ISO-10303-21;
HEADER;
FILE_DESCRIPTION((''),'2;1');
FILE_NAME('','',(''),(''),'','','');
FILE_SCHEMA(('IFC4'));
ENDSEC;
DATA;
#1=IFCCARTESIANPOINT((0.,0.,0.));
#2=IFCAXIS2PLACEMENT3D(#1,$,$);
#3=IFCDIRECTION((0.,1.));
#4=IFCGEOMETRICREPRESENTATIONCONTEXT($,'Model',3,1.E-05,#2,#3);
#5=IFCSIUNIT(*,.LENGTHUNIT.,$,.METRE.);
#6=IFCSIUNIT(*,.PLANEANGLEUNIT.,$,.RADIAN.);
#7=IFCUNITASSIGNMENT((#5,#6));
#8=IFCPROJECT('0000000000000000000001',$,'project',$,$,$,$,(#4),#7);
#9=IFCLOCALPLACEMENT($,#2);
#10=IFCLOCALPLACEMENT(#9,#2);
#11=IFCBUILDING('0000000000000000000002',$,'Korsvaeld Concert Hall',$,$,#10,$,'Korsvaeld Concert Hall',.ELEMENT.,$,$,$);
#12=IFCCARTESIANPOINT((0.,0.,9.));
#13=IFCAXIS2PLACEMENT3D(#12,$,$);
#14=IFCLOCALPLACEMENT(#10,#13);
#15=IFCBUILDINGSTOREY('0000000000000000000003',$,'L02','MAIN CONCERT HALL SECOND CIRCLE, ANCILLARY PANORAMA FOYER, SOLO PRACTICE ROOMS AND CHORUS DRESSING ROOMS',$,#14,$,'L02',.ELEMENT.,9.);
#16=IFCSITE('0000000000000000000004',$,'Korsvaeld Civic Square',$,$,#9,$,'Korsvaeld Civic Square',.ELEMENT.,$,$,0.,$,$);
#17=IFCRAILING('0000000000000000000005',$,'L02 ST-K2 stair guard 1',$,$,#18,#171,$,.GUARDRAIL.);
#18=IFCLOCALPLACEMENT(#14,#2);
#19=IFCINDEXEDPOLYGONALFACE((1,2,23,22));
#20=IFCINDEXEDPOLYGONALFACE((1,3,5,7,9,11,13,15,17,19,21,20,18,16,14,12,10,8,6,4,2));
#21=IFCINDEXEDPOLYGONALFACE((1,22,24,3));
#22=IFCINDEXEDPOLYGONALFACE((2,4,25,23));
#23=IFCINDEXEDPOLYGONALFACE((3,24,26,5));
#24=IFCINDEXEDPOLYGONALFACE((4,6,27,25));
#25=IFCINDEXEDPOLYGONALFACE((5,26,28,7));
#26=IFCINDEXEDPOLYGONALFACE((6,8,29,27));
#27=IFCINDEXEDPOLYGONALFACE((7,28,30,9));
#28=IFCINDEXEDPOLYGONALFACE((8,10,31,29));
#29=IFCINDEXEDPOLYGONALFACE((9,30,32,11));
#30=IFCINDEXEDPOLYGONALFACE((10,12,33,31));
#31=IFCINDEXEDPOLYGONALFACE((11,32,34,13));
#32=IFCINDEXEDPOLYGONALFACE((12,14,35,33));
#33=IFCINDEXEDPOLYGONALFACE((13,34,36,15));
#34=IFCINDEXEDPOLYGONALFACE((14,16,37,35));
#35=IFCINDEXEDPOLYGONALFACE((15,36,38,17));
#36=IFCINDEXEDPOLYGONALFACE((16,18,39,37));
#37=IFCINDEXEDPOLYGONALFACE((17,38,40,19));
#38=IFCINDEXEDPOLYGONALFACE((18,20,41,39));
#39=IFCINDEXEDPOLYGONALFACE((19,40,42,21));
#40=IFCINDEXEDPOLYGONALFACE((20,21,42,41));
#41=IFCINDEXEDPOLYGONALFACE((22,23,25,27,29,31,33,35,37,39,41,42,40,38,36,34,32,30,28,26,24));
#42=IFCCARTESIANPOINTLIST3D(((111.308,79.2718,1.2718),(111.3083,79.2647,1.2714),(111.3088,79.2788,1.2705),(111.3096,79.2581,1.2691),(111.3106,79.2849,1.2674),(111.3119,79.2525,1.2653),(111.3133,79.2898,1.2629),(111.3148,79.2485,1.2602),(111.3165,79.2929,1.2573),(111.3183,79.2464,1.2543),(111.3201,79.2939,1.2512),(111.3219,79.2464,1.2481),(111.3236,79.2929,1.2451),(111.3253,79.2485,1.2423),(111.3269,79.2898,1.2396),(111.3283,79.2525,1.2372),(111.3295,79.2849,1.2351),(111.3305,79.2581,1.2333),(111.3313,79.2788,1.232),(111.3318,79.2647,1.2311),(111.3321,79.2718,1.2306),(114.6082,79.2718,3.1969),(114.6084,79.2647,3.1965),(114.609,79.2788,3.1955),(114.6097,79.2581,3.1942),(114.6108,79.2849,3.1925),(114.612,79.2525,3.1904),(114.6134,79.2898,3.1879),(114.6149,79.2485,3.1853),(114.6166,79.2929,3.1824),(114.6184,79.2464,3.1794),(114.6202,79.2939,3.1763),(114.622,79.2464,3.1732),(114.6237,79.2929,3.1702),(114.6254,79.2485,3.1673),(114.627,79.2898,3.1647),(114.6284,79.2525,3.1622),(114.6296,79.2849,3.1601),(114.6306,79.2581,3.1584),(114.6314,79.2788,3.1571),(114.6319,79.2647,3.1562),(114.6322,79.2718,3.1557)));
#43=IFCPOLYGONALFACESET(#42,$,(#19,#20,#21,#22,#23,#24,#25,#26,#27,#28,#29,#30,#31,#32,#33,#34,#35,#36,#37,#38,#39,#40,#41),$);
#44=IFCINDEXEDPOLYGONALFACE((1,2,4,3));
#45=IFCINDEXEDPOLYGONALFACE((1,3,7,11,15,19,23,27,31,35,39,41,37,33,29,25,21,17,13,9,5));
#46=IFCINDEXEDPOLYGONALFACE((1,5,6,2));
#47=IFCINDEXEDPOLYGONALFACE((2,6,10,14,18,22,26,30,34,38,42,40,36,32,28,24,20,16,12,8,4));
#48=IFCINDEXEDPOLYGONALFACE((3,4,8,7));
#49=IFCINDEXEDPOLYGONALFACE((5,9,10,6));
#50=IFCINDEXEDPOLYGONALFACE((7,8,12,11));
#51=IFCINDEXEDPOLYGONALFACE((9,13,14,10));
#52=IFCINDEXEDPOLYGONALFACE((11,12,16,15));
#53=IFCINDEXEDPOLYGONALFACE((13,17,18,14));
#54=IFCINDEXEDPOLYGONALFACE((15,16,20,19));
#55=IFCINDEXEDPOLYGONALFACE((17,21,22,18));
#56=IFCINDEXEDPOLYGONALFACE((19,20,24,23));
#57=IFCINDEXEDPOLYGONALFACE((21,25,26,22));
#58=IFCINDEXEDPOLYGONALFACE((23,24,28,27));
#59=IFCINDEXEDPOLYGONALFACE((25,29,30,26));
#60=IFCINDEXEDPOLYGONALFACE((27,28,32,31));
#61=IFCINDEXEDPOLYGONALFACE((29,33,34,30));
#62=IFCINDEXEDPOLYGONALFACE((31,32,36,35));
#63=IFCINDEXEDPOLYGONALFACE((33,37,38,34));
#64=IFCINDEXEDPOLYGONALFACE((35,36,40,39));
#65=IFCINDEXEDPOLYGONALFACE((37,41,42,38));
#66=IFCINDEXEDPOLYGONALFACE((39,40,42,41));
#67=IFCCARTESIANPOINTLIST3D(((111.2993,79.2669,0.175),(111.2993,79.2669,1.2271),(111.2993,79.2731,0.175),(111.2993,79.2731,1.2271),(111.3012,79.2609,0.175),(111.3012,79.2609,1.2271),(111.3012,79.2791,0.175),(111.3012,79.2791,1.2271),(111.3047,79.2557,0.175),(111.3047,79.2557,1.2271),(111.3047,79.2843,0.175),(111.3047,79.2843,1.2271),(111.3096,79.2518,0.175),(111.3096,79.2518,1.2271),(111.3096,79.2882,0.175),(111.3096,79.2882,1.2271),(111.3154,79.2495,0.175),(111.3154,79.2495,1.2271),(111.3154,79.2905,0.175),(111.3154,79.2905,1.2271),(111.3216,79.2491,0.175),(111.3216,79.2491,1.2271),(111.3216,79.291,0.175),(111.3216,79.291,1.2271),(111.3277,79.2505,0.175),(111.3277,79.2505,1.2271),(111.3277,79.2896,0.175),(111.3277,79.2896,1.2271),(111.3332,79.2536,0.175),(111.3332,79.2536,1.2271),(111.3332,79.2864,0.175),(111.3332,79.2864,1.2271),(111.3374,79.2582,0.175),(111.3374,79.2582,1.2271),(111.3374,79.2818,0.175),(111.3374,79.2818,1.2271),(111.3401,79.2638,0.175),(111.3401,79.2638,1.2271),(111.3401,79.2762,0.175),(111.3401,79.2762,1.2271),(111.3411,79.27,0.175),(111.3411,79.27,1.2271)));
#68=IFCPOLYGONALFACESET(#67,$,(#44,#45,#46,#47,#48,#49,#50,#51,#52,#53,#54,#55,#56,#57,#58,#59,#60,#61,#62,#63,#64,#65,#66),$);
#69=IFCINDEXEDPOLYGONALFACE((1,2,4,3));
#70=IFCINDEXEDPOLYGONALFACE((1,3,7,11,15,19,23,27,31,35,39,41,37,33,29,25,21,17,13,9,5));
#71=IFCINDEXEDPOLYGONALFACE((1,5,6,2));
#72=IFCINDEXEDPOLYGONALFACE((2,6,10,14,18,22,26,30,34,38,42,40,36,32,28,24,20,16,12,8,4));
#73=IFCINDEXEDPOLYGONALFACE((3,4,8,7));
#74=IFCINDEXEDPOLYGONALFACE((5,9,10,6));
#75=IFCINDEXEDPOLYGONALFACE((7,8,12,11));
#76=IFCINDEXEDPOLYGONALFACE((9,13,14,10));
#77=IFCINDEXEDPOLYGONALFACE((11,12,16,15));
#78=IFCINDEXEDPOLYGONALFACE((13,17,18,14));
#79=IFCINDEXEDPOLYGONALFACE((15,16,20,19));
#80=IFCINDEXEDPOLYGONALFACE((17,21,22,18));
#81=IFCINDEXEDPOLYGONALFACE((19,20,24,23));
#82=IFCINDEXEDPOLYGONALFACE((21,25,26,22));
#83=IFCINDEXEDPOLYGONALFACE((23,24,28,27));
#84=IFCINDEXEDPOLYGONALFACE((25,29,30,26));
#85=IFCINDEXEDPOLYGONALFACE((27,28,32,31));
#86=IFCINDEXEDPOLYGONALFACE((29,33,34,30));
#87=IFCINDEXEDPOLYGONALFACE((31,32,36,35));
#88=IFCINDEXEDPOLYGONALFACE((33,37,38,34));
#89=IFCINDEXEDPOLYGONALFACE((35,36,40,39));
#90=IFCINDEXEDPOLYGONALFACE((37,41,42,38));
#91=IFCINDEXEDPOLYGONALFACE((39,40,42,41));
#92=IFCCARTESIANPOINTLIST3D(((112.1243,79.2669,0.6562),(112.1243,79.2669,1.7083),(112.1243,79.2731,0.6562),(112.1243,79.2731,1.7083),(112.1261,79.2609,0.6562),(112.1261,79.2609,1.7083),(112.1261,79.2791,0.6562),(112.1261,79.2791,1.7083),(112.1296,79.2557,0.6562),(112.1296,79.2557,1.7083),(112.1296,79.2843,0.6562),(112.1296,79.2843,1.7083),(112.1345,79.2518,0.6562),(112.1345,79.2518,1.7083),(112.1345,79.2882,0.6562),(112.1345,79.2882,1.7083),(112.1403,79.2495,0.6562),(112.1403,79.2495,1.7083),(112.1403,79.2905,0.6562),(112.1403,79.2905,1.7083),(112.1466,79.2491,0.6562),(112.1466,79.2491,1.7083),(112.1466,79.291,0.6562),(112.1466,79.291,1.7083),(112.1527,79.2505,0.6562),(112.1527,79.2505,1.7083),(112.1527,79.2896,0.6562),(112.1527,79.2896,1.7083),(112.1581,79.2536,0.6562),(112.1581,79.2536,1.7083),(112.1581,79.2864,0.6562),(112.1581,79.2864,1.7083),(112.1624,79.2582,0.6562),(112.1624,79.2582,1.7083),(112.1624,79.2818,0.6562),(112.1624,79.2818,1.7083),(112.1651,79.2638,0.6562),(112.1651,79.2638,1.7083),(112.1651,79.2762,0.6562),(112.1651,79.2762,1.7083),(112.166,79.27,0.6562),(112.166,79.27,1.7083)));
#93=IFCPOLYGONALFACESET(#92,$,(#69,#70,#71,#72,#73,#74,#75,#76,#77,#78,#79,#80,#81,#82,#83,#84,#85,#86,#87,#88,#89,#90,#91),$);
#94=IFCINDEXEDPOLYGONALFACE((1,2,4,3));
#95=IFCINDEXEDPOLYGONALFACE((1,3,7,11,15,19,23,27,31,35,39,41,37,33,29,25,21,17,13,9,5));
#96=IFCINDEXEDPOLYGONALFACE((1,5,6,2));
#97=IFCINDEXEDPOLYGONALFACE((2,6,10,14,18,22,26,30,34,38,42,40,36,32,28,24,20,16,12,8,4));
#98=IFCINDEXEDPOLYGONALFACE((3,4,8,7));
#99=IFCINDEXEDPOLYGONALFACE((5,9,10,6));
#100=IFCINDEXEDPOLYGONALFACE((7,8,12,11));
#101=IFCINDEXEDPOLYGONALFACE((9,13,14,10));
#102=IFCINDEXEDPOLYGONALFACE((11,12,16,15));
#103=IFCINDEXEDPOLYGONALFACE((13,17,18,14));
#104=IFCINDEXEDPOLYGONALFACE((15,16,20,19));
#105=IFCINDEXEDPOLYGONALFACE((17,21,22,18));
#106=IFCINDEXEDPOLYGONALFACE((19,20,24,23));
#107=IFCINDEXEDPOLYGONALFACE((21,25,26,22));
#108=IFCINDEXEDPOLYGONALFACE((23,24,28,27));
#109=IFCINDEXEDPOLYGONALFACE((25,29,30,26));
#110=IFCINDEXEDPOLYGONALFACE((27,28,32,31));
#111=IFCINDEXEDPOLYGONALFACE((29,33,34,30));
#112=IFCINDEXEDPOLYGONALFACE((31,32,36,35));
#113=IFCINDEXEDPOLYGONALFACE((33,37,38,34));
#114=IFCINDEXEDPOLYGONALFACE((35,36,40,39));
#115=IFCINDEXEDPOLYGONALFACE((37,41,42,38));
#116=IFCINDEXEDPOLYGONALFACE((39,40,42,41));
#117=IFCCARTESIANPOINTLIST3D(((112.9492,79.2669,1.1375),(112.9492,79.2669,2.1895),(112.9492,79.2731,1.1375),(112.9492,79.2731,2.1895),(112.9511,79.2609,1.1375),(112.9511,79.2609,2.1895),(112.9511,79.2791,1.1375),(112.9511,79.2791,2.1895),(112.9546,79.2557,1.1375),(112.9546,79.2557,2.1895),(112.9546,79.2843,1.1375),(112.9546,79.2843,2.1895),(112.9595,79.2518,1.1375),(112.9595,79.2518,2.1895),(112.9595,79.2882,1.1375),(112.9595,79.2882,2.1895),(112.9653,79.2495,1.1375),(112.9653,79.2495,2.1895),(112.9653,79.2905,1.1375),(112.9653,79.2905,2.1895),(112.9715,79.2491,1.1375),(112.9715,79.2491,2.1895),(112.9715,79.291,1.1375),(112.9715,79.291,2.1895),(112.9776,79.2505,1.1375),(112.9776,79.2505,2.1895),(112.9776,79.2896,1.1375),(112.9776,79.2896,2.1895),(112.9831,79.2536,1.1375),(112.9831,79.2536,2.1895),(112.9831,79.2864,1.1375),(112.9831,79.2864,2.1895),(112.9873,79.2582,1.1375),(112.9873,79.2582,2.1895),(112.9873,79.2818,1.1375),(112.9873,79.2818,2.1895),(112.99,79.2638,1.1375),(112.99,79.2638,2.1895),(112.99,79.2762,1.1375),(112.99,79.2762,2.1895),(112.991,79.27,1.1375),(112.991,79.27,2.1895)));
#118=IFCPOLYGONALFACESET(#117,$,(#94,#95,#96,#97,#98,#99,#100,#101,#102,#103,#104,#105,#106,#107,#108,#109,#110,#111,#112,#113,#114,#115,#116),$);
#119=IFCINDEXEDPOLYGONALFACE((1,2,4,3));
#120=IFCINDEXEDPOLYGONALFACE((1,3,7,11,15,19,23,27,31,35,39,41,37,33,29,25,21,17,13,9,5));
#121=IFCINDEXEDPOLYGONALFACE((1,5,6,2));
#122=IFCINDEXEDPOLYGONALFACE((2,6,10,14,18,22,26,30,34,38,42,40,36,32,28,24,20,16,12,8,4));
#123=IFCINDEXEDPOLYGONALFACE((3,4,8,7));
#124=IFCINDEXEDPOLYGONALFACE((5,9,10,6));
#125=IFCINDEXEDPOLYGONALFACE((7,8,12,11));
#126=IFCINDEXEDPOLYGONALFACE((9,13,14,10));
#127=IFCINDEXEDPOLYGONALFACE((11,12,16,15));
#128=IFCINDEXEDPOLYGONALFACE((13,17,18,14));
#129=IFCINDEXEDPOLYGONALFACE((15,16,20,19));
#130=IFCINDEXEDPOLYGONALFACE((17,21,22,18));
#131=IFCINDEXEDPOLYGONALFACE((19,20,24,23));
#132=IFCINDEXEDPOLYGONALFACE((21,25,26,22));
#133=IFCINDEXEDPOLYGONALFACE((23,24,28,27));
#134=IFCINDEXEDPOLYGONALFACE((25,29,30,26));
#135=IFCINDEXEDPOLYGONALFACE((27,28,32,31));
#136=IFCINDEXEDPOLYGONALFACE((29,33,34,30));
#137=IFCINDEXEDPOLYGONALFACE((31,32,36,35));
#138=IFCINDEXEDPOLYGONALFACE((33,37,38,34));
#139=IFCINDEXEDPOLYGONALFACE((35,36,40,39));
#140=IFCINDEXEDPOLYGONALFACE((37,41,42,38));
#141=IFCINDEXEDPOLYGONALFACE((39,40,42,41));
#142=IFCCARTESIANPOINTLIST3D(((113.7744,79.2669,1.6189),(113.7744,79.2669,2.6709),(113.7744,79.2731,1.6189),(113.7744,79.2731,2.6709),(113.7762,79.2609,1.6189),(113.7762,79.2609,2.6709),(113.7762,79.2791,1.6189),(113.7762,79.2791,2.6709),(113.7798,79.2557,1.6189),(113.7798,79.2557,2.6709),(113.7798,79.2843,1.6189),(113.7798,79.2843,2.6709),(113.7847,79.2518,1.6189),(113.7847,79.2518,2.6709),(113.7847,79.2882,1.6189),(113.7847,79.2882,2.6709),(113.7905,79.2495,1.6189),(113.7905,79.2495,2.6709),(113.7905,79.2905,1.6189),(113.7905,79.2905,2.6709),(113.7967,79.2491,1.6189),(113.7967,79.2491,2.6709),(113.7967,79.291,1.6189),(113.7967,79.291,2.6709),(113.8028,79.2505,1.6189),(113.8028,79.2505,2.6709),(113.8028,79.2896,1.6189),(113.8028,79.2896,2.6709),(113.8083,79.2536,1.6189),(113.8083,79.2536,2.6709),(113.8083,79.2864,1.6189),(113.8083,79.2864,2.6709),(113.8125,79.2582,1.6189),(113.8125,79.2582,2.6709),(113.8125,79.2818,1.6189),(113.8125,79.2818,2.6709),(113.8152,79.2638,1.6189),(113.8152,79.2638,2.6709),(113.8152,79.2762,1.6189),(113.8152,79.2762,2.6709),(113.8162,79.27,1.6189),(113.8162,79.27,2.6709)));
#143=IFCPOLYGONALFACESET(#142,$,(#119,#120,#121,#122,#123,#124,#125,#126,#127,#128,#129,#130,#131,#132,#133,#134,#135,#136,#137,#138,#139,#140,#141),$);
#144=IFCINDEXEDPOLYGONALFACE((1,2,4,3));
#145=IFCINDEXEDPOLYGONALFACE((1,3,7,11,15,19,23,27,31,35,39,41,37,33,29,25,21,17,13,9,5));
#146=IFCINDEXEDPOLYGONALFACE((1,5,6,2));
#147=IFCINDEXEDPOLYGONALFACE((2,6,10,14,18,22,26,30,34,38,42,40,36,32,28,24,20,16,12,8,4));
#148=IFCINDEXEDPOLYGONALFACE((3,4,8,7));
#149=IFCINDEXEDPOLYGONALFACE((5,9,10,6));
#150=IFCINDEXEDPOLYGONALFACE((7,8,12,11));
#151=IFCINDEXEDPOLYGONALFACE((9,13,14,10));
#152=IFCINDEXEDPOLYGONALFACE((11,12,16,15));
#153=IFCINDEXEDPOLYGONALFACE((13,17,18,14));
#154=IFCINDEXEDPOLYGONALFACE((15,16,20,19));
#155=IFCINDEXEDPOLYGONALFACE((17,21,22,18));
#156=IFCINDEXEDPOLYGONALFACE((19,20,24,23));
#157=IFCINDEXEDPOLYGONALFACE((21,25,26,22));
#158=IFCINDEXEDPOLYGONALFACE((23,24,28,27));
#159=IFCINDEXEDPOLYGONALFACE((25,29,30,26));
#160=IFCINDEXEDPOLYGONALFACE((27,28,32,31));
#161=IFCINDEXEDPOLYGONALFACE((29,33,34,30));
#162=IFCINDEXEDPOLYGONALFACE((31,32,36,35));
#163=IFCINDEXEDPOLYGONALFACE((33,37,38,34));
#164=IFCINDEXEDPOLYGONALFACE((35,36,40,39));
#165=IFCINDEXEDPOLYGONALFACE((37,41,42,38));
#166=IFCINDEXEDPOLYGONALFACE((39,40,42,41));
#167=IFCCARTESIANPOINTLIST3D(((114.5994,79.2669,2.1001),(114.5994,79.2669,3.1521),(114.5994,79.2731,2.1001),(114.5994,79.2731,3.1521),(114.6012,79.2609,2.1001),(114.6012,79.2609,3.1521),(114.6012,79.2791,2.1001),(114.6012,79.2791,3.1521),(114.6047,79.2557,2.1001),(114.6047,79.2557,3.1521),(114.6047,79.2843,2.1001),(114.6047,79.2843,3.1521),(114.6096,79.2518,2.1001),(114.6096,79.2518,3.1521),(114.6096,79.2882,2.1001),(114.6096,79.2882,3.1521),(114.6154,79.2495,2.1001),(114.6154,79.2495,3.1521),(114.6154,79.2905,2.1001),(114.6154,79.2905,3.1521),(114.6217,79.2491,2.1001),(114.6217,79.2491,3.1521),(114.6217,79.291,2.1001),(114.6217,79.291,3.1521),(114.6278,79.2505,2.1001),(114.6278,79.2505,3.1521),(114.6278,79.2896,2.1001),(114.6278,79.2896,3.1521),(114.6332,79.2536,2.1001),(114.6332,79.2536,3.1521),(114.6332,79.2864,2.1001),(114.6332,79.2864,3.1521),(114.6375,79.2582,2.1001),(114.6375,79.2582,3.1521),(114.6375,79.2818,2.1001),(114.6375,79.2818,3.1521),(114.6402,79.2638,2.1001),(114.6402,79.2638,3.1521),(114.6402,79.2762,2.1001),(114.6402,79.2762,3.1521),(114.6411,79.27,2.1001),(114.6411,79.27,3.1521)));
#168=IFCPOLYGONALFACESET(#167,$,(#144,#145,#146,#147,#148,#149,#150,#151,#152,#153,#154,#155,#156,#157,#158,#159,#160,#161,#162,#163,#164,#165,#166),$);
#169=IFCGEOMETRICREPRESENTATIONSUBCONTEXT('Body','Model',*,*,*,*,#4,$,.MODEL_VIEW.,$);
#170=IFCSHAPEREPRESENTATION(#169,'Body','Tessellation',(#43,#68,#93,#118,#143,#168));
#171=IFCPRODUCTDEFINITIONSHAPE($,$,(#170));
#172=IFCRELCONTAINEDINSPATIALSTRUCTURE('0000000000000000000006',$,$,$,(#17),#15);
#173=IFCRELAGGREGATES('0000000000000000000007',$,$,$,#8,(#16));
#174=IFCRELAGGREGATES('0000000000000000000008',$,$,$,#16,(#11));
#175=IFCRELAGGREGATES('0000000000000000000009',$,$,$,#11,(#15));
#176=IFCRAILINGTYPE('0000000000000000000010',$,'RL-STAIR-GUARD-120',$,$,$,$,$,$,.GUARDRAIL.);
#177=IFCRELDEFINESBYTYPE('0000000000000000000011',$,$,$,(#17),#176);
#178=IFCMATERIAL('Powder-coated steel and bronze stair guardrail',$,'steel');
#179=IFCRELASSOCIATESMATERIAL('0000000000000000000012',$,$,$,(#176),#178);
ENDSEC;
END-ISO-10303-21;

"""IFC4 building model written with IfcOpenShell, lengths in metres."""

from ifc_helpers import new_model, si_unit, direction, frame, origin, origin_2d, place, context, subcontext, project, spatial, circle, extrude, material, type_object, element, save


model = new_model("IFC4")

# Units and contexts
model_context = context("Model", 3, precision=1e-05, world=origin(), true_north=direction((0.0, 1.0)))
body_context = subcontext(model_context, "Body", "Model", "MODEL_VIEW")
ifc_project = project(units=[si_unit("LENGTHUNIT", "METRE"), si_unit("PLANEANGLEUNIT", "RADIAN")], contexts=[model_context])

# Site, building, storey
site_placement = place(None, origin())
site = spatial("IfcSite", under=ifc_project, at=site_placement, Name="Korsvaeld Civic Square", LongName="Korsvaeld Civic Square", CompositionType="ELEMENT", RefElevation=0.0)
building_placement = place(site_placement, origin())
building = spatial("IfcBuilding", under=site, at=building_placement, Name="Korsvaeld Concert Hall", LongName="Korsvaeld Concert Hall", CompositionType="ELEMENT")
storey_placement = place(building_placement, frame((0.0, 0.0, 9.0)))
storey = spatial("IfcBuildingStorey", under=building, at=storey_placement, Name="L02", Description="MAIN CONCERT HALL SECOND CIRCLE, ANCILLARY PANORAMA FOYER, SOLO PRACTICE ROOMS AND CHORUS DRESSING ROOMS", LongName="L02", CompositionType="ELEMENT", Elevation=9.0)

# Railing
ifc_material_1 = material(Name="Powder-coated steel and bronze stair guardrail", Category="steel")
railing_type_1 = type_object("IfcRailingType", Name="RL-STAIR-GUARD-120", PredefinedType="GUARDRAIL", material=ifc_material_1)
railing_1_placement = place(storey_placement, frame((111.3201, 79.27, 0.175)))
element("IfcRailing", 1, at=railing_1_placement, inside=storey, type_object=railing_type_1, Name="L02 ST-K2 stair guard 1", PredefinedType="GUARDRAIL", context=body_context, shape_type="SweptSolid", body=[
    extrude(circle(Radius=0.0239, at=origin_2d()), frame((0.0, 0.0, 1.0762), z_axis=(0.863777, 0.0, 0.503875), x_axis=(0.0, 1.0, 0.0)), (0.0, 0.0, 1.0), 3.8206),
    extrude(circle(Radius=0.021, at=origin_2d()), origin(), (0.0, 0.0, 1.0), 1.052),
    extrude(circle(Radius=0.021, at=origin_2d()), frame((0.825, 0.0, 0.4812)), (0.0, 0.0, 1.0), 1.052),
    extrude(circle(Radius=0.021, at=origin_2d()), frame((1.6499, 0.0, 0.9624)), (0.0, 0.0, 1.0), 1.052),
    extrude(circle(Radius=0.021, at=origin_2d()), frame((2.4751, 0.0, 1.4438)), (0.0, 0.0, 1.0), 1.052),
    extrude(circle(Radius=0.021, at=origin_2d()), frame((3.3, 0.0, 1.925)), (0.0, 0.0, 1.0), 1.052),
])

save(model, "model.ifc")
